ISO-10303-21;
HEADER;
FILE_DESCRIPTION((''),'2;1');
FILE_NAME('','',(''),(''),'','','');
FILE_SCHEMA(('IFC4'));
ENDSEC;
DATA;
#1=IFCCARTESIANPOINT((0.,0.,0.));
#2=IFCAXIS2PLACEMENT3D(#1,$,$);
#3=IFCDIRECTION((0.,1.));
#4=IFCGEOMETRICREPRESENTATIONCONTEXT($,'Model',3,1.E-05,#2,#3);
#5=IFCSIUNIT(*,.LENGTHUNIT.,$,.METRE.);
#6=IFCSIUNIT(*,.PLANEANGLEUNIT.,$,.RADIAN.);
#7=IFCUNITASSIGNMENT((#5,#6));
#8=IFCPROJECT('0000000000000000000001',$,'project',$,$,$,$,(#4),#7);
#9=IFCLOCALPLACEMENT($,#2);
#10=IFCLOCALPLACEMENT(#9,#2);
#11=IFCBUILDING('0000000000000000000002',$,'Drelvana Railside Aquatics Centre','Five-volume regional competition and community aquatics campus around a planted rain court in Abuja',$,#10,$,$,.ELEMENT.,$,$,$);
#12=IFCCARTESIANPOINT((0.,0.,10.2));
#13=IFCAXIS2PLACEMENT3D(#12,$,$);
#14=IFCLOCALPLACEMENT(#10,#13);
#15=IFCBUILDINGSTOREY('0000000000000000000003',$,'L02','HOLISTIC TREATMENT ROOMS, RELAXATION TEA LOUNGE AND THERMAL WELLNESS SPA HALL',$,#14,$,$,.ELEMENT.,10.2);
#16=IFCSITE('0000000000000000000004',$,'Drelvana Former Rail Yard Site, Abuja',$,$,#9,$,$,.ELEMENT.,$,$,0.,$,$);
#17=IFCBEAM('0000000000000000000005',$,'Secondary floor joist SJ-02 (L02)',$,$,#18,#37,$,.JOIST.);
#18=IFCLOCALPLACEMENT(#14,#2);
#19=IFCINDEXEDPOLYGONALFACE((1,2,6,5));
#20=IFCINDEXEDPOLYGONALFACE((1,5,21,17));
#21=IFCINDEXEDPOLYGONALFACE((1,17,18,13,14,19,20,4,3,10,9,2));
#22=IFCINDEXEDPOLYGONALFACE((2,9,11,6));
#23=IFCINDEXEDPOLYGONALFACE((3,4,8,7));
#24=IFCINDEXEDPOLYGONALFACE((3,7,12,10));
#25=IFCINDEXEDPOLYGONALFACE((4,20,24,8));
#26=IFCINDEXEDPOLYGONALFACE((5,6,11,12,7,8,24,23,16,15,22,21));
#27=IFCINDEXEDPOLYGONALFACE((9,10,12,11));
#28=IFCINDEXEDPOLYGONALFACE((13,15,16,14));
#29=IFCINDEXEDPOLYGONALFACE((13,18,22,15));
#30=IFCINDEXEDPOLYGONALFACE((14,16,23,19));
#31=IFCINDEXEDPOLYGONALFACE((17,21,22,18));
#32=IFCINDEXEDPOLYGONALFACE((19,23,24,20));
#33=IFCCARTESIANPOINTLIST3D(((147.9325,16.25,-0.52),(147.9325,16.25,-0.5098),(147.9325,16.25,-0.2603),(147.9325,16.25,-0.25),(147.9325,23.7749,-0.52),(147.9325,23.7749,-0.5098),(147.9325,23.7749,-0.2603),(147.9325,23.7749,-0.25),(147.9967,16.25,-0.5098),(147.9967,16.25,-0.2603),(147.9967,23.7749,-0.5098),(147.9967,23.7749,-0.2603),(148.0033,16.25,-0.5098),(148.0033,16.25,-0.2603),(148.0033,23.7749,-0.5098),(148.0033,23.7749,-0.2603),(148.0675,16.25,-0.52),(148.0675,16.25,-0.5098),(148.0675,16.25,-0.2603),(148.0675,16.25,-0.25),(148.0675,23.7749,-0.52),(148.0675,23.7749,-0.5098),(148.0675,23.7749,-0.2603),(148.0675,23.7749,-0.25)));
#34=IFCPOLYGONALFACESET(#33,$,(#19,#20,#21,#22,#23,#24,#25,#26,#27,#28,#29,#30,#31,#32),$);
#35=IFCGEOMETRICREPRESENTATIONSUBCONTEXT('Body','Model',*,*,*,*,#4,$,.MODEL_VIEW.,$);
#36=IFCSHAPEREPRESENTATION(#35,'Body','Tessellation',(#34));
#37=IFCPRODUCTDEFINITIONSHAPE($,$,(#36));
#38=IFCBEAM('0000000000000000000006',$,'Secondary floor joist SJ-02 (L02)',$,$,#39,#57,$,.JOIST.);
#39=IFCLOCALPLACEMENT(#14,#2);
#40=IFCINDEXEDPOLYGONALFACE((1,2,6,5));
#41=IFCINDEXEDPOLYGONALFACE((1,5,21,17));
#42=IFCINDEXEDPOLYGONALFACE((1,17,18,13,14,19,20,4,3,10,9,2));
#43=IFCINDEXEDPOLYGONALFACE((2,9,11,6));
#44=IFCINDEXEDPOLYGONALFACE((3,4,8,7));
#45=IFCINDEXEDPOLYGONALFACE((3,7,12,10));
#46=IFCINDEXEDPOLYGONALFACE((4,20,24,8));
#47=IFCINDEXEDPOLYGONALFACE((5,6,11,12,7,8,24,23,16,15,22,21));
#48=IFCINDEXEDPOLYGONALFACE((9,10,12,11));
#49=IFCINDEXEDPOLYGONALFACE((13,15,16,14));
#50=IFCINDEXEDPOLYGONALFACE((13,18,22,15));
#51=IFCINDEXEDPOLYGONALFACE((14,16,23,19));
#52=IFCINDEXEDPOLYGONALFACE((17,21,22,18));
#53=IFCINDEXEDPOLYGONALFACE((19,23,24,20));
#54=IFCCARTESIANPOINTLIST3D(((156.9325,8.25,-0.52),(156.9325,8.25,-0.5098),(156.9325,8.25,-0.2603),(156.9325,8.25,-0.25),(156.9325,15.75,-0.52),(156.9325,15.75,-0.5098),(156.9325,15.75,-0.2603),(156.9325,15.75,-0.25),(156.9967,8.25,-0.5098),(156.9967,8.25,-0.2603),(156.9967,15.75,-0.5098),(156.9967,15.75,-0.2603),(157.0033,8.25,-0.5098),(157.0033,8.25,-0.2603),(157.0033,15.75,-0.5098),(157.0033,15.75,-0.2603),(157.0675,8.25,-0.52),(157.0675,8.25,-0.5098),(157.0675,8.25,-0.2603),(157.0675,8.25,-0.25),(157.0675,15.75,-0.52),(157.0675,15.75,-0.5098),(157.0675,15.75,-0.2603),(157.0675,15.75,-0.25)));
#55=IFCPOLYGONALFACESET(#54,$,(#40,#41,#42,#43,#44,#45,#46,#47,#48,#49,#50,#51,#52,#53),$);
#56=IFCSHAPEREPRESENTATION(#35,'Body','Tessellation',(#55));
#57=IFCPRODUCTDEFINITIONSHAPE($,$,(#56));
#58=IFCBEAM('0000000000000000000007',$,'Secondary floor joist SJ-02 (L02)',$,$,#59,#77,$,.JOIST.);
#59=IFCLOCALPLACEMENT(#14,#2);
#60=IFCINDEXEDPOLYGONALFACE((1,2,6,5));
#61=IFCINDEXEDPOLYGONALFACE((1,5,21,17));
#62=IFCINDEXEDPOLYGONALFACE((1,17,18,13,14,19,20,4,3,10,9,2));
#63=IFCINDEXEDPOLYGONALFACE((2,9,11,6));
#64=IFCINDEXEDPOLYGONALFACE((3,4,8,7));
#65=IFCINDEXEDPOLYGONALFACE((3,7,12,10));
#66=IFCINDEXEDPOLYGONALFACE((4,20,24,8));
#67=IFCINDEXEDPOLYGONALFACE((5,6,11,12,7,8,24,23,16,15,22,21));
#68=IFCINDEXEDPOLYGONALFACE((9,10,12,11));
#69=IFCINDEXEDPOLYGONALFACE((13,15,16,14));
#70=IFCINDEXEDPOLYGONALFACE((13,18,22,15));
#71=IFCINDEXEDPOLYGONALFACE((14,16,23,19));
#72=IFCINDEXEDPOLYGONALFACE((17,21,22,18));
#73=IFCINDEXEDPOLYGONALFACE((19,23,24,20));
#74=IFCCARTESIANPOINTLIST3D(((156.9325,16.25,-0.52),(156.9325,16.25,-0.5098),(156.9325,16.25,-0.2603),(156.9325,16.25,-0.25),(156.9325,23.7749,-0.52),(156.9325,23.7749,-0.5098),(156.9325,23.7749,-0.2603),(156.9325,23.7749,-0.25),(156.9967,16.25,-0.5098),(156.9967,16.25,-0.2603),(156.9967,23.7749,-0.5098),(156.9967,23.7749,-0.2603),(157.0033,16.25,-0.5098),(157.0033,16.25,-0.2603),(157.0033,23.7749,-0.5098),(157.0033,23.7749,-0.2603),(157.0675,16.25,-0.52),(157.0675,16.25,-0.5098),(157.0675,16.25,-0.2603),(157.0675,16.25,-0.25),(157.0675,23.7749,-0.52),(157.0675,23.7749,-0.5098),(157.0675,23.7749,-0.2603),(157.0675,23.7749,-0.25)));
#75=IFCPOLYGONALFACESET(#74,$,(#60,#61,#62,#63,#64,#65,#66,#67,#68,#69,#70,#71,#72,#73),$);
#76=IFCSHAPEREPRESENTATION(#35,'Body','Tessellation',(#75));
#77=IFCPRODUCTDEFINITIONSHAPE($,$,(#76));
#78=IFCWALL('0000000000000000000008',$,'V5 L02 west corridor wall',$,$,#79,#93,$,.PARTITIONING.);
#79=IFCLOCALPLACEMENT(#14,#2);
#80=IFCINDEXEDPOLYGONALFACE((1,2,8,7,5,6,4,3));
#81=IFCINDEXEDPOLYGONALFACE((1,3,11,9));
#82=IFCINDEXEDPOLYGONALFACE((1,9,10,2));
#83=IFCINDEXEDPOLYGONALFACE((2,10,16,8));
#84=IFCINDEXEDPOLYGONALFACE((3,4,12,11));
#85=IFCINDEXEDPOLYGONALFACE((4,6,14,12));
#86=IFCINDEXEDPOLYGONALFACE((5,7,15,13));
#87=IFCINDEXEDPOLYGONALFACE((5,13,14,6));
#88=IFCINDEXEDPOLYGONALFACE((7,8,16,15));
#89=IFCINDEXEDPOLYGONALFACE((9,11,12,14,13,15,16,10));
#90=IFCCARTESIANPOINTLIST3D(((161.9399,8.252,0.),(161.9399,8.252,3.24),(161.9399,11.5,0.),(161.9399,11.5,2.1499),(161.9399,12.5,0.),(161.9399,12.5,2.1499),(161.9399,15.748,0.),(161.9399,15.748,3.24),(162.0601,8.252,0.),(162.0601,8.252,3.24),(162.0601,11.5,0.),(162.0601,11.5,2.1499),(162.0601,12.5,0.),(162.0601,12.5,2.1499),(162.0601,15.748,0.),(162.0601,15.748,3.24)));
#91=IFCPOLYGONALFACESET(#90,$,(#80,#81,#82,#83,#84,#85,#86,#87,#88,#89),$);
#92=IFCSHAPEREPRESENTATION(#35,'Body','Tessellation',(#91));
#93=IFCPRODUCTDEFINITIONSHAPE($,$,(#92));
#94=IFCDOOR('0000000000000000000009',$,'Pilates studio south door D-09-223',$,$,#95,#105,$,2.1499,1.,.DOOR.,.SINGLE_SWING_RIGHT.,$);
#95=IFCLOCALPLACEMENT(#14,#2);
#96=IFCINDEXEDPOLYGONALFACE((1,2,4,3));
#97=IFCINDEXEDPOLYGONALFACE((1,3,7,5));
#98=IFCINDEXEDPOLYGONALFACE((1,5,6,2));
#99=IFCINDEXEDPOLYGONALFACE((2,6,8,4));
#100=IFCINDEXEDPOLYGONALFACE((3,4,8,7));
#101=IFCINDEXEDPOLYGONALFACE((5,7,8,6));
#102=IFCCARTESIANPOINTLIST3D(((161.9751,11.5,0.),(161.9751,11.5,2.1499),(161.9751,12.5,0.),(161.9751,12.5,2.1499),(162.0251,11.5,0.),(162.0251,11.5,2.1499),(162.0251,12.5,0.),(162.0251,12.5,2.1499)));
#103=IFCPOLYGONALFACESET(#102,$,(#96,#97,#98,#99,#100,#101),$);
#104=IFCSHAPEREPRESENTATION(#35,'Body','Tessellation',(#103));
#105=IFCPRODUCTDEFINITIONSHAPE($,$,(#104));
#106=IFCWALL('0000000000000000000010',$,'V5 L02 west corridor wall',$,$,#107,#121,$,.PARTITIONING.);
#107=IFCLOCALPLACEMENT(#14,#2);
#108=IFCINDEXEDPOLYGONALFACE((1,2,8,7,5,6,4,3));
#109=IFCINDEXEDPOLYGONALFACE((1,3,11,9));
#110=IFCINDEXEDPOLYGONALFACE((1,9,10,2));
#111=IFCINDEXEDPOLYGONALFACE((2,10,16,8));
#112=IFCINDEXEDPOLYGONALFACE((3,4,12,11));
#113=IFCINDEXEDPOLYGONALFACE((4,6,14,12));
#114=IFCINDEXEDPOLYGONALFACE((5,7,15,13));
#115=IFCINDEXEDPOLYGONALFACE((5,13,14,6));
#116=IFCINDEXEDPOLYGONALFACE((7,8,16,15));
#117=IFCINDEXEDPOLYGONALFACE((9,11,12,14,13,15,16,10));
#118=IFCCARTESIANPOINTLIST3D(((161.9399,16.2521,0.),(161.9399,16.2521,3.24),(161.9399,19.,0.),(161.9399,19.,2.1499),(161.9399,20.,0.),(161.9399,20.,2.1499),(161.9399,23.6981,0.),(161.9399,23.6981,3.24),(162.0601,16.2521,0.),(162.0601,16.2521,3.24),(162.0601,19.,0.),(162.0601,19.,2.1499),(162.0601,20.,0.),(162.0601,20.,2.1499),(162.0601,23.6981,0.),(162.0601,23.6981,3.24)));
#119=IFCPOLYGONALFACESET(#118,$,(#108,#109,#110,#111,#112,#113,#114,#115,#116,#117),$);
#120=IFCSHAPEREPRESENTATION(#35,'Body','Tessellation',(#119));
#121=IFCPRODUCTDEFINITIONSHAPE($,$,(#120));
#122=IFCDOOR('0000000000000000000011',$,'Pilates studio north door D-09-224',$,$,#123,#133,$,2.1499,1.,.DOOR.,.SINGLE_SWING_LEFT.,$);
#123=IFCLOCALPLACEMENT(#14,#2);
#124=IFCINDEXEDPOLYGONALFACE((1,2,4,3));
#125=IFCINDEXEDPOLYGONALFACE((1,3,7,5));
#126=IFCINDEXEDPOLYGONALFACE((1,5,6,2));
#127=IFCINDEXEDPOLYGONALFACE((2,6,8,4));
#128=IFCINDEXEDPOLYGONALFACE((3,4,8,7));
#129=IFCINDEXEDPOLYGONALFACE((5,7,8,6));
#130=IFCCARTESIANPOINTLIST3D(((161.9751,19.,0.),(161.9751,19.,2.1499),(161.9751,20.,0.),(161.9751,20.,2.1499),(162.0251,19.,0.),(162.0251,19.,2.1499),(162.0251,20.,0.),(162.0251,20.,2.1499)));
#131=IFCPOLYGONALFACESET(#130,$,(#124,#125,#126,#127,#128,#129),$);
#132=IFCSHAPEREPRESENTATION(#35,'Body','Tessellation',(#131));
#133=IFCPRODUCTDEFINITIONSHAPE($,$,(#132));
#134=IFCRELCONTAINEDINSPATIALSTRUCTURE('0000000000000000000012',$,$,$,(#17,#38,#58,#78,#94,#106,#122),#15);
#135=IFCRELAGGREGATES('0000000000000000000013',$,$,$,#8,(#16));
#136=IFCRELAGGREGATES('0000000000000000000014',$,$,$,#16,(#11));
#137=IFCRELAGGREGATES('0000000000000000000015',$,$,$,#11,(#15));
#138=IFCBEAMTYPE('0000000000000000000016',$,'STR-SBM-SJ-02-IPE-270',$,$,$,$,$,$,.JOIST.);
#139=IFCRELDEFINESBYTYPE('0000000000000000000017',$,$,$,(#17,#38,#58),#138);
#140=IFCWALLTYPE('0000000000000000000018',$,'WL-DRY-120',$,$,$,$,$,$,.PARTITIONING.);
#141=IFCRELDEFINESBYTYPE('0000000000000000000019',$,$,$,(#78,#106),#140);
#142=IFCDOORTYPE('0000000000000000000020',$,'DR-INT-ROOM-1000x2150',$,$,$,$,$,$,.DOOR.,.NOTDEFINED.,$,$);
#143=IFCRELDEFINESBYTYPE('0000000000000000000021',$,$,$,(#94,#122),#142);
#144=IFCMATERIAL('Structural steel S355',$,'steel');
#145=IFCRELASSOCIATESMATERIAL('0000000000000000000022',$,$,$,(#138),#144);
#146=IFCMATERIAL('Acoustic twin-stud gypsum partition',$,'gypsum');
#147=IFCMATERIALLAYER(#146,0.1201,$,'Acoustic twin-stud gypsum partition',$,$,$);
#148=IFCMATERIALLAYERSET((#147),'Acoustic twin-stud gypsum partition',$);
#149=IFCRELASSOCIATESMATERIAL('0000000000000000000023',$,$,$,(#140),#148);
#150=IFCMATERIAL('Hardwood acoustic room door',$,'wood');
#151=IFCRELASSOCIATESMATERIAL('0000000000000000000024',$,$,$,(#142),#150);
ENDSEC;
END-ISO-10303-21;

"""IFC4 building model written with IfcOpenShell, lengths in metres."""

from ifc_helpers import new_model, si_unit, direction, frame, frame_2d, origin, origin_2d, place, context, subcontext, project, spatial, rectangle, i_section, extrude, material, layer, layer_set, material_profile, profile_set, type_object, element, fill, save


model = new_model("IFC4")

# Units and contexts
model_context = context("Model", 3, precision=1e-05, world=origin(), true_north=direction((0.0, 1.0)))
body_context = subcontext(model_context, "Body", "Model", "MODEL_VIEW")
ifc_project = project(units=[si_unit("LENGTHUNIT", "METRE"), si_unit("PLANEANGLEUNIT", "RADIAN")], contexts=[model_context])

# Site, building, storey
site_placement = place(None, origin())
site = spatial("IfcSite", under=ifc_project, at=site_placement, Name="Drelvana Former Rail Yard Site, Abuja", CompositionType="ELEMENT", RefElevation=0.0)
building_placement = place(site_placement, origin())
building = spatial("IfcBuilding", under=site, at=building_placement, Name="Drelvana Railside Aquatics Centre", Description="Five-volume regional competition and community aquatics campus around a planted rain court in Abuja", CompositionType="ELEMENT")
storey_placement = place(building_placement, frame((0.0, 0.0, 10.2)))
storey = spatial("IfcBuildingStorey", under=building, at=storey_placement, Name="L02", Description="HOLISTIC TREATMENT ROOMS, RELAXATION TEA LOUNGE AND THERMAL WELLNESS SPA HALL", CompositionType="ELEMENT", Elevation=10.2)

# Beams
ifc_material_1 = material(Name="Structural steel S355", Category="steel")
ifc_material_profile_1 = material_profile(ifc_material_1, i_section(OverallWidth=0.135, OverallDepth=0.27, WebThickness=0.0066, FlangeThickness=0.0103, at=origin_2d()), Name="IPE 270")
ifc_profile_set_1 = profile_set([ifc_material_profile_1], Name="Structural steel S355")
beam_type_1 = type_object("IfcBeamType", Name="STR-SBM-SJ-02-IPE-270", PredefinedType="JOIST", material=ifc_profile_set_1)
beam_1_placement = place(storey_placement, frame((148.0, 16.25, -0.385), z_axis=(0.0, 1.0, 0.0), x_axis=(-1.0, 0.0, 0.0)))
element("IfcBeam", 1, at=beam_1_placement, inside=storey, type_object=beam_type_1, Name="Secondary floor joist SJ-02 (L02)", PredefinedType="JOIST", context=body_context, shape_type="SweptSolid", body=[
    extrude(i_section(OverallWidth=0.135, OverallDepth=0.27, WebThickness=0.0066, FlangeThickness=0.0103, at=origin_2d()), origin(), (0.0, 0.0, 1.0), 7.5249),
])
beam_2_placement = place(storey_placement, frame((157.0, 8.25, -0.385), z_axis=(0.0, 1.0, 0.0), x_axis=(-1.0, 0.0, 0.0)))
element("IfcBeam", 2, at=beam_2_placement, inside=storey, type_object=beam_type_1, Name="Secondary floor joist SJ-02 (L02)", PredefinedType="JOIST", context=body_context, shape_type="SweptSolid", body=[
    extrude(i_section(OverallWidth=0.135, OverallDepth=0.27, WebThickness=0.0066, FlangeThickness=0.0103, at=origin_2d()), origin(), (0.0, 0.0, 1.0), 7.5),
])
beam_3_placement = place(storey_placement, frame((157.0, 16.25, -0.385), z_axis=(0.0, 1.0, 0.0), x_axis=(-1.0, 0.0, 0.0)))
element("IfcBeam", 3, at=beam_3_placement, inside=storey, type_object=beam_type_1, Name="Secondary floor joist SJ-02 (L02)", PredefinedType="JOIST", context=body_context, shape_type="SweptSolid", body=[
    extrude(i_section(OverallWidth=0.135, OverallDepth=0.27, WebThickness=0.0066, FlangeThickness=0.0103, at=origin_2d()), origin(), (0.0, 0.0, 1.0), 7.5249),
])

# Walls, openings, doors
ifc_material_2 = material(Name="Acoustic twin-stud gypsum partition", Category="gypsum")
ifc_layer_1 = layer(ifc_material_2, 0.1201, Name="Acoustic twin-stud gypsum partition")
ifc_layer_set_1 = layer_set([ifc_layer_1], Name="Acoustic twin-stud gypsum partition")
wall_type_1 = type_object("IfcWallType", Name="WL-DRY-120", PredefinedType="PARTITIONING", material=ifc_layer_set_1)
wall_1_placement = place(storey_placement, frame((162.0, 8.252, 0.0), z_axis=(0.0, 0.0, 1.0), x_axis=(0.0, 1.0, 0.0)))
wall_1 = element("IfcWall", 4, at=wall_1_placement, inside=storey, type_object=wall_type_1, Name="V5 L02 west corridor wall", PredefinedType="PARTITIONING", context=body_context, shape_type="SweptSolid", body=[
    extrude(rectangle(XDim=7.4961, YDim=0.1201, at=frame_2d((3.748, 0.0))), origin(), (0.0, 0.0, 1.0), 3.24),
])
opening_1_placement = place(wall_1_placement, frame((3.248, 0.0, 0.0)))
opening_1 = element("IfcOpeningElement", 5, at=opening_1_placement, cuts=wall_1, PredefinedType="OPENING", context=body_context, shape_type="SweptSolid", body=[
    extrude(rectangle(XDim=1.0, YDim=2.1499, at=frame_2d((0.5, 1.075))), frame((0.0, 0.0701, 0.0), z_axis=(0.0, -1.0, 0.0), x_axis=(1.0, 0.0, 0.0)), (0.0, 0.0, 1.0), 0.1401),
])
ifc_material_3 = material(Name="Hardwood acoustic room door", Category="wood")
door_type_1 = type_object("IfcDoorType", Name="DR-INT-ROOM-1000x2150", OperationType="NOTDEFINED", PredefinedType="DOOR", material=ifc_material_3)
door_1_placement = place(opening_1_placement, origin())
door_1 = element("IfcDoor", 6, at=door_1_placement, inside=storey, type_object=door_type_1, Name="Pilates studio south door D-09-223", OperationType="SINGLE_SWING_RIGHT", OverallHeight=2.1499, OverallWidth=1.0, PredefinedType="DOOR", context=body_context, shape_type="SweptSolid", body=[
    extrude(rectangle(XDim=1.0, YDim=2.1499, at=frame_2d((0.5, 1.075))), frame((0.0, 0.0249, 0.0), z_axis=(0.0, -1.0, 0.0), x_axis=(1.0, 0.0, 0.0)), (0.0, 0.0, 1.0), 0.05),
])
fill(opening_1, door_1)
wall_2_placement = place(storey_placement, frame((162.0, 16.252, 0.0), z_axis=(0.0, 0.0, 1.0), x_axis=(0.0, 1.0, 0.0)))
wall_2 = element("IfcWall", 7, at=wall_2_placement, inside=storey, type_object=wall_type_1, Name="V5 L02 west corridor wall", PredefinedType="PARTITIONING", context=body_context, shape_type="SweptSolid", body=[
    extrude(rectangle(XDim=7.446, YDim=0.1201, at=frame_2d((3.7231, 0.0))), origin(), (0.0, 0.0, 1.0), 3.24),
])
opening_2_placement = place(wall_2_placement, frame((2.748, 0.0, 0.0)))
opening_2 = element("IfcOpeningElement", 8, at=opening_2_placement, cuts=wall_2, PredefinedType="OPENING", context=body_context, shape_type="SweptSolid", body=[
    extrude(rectangle(XDim=1.0, YDim=2.1499, at=frame_2d((0.5, 1.075))), frame((0.0, 0.0701, 0.0), z_axis=(0.0, -1.0, 0.0), x_axis=(1.0, 0.0, 0.0)), (0.0, 0.0, 1.0), 0.1401),
])
door_2_placement = place(opening_2_placement, origin())
door_2 = element("IfcDoor", 9, at=door_2_placement, inside=storey, type_object=door_type_1, Name="Pilates studio north door D-09-224", OperationType="SINGLE_SWING_LEFT", OverallHeight=2.1499, OverallWidth=1.0, PredefinedType="DOOR", context=body_context, shape_type="SweptSolid", body=[
    extrude(rectangle(XDim=1.0, YDim=2.1499, at=frame_2d((0.5, 1.075))), frame((0.0, 0.0249, 0.0), z_axis=(0.0, -1.0, 0.0), x_axis=(1.0, 0.0, 0.0)), (0.0, 0.0, 1.0), 0.05),
])
fill(opening_2, door_2)

save(model, "model.ifc")
